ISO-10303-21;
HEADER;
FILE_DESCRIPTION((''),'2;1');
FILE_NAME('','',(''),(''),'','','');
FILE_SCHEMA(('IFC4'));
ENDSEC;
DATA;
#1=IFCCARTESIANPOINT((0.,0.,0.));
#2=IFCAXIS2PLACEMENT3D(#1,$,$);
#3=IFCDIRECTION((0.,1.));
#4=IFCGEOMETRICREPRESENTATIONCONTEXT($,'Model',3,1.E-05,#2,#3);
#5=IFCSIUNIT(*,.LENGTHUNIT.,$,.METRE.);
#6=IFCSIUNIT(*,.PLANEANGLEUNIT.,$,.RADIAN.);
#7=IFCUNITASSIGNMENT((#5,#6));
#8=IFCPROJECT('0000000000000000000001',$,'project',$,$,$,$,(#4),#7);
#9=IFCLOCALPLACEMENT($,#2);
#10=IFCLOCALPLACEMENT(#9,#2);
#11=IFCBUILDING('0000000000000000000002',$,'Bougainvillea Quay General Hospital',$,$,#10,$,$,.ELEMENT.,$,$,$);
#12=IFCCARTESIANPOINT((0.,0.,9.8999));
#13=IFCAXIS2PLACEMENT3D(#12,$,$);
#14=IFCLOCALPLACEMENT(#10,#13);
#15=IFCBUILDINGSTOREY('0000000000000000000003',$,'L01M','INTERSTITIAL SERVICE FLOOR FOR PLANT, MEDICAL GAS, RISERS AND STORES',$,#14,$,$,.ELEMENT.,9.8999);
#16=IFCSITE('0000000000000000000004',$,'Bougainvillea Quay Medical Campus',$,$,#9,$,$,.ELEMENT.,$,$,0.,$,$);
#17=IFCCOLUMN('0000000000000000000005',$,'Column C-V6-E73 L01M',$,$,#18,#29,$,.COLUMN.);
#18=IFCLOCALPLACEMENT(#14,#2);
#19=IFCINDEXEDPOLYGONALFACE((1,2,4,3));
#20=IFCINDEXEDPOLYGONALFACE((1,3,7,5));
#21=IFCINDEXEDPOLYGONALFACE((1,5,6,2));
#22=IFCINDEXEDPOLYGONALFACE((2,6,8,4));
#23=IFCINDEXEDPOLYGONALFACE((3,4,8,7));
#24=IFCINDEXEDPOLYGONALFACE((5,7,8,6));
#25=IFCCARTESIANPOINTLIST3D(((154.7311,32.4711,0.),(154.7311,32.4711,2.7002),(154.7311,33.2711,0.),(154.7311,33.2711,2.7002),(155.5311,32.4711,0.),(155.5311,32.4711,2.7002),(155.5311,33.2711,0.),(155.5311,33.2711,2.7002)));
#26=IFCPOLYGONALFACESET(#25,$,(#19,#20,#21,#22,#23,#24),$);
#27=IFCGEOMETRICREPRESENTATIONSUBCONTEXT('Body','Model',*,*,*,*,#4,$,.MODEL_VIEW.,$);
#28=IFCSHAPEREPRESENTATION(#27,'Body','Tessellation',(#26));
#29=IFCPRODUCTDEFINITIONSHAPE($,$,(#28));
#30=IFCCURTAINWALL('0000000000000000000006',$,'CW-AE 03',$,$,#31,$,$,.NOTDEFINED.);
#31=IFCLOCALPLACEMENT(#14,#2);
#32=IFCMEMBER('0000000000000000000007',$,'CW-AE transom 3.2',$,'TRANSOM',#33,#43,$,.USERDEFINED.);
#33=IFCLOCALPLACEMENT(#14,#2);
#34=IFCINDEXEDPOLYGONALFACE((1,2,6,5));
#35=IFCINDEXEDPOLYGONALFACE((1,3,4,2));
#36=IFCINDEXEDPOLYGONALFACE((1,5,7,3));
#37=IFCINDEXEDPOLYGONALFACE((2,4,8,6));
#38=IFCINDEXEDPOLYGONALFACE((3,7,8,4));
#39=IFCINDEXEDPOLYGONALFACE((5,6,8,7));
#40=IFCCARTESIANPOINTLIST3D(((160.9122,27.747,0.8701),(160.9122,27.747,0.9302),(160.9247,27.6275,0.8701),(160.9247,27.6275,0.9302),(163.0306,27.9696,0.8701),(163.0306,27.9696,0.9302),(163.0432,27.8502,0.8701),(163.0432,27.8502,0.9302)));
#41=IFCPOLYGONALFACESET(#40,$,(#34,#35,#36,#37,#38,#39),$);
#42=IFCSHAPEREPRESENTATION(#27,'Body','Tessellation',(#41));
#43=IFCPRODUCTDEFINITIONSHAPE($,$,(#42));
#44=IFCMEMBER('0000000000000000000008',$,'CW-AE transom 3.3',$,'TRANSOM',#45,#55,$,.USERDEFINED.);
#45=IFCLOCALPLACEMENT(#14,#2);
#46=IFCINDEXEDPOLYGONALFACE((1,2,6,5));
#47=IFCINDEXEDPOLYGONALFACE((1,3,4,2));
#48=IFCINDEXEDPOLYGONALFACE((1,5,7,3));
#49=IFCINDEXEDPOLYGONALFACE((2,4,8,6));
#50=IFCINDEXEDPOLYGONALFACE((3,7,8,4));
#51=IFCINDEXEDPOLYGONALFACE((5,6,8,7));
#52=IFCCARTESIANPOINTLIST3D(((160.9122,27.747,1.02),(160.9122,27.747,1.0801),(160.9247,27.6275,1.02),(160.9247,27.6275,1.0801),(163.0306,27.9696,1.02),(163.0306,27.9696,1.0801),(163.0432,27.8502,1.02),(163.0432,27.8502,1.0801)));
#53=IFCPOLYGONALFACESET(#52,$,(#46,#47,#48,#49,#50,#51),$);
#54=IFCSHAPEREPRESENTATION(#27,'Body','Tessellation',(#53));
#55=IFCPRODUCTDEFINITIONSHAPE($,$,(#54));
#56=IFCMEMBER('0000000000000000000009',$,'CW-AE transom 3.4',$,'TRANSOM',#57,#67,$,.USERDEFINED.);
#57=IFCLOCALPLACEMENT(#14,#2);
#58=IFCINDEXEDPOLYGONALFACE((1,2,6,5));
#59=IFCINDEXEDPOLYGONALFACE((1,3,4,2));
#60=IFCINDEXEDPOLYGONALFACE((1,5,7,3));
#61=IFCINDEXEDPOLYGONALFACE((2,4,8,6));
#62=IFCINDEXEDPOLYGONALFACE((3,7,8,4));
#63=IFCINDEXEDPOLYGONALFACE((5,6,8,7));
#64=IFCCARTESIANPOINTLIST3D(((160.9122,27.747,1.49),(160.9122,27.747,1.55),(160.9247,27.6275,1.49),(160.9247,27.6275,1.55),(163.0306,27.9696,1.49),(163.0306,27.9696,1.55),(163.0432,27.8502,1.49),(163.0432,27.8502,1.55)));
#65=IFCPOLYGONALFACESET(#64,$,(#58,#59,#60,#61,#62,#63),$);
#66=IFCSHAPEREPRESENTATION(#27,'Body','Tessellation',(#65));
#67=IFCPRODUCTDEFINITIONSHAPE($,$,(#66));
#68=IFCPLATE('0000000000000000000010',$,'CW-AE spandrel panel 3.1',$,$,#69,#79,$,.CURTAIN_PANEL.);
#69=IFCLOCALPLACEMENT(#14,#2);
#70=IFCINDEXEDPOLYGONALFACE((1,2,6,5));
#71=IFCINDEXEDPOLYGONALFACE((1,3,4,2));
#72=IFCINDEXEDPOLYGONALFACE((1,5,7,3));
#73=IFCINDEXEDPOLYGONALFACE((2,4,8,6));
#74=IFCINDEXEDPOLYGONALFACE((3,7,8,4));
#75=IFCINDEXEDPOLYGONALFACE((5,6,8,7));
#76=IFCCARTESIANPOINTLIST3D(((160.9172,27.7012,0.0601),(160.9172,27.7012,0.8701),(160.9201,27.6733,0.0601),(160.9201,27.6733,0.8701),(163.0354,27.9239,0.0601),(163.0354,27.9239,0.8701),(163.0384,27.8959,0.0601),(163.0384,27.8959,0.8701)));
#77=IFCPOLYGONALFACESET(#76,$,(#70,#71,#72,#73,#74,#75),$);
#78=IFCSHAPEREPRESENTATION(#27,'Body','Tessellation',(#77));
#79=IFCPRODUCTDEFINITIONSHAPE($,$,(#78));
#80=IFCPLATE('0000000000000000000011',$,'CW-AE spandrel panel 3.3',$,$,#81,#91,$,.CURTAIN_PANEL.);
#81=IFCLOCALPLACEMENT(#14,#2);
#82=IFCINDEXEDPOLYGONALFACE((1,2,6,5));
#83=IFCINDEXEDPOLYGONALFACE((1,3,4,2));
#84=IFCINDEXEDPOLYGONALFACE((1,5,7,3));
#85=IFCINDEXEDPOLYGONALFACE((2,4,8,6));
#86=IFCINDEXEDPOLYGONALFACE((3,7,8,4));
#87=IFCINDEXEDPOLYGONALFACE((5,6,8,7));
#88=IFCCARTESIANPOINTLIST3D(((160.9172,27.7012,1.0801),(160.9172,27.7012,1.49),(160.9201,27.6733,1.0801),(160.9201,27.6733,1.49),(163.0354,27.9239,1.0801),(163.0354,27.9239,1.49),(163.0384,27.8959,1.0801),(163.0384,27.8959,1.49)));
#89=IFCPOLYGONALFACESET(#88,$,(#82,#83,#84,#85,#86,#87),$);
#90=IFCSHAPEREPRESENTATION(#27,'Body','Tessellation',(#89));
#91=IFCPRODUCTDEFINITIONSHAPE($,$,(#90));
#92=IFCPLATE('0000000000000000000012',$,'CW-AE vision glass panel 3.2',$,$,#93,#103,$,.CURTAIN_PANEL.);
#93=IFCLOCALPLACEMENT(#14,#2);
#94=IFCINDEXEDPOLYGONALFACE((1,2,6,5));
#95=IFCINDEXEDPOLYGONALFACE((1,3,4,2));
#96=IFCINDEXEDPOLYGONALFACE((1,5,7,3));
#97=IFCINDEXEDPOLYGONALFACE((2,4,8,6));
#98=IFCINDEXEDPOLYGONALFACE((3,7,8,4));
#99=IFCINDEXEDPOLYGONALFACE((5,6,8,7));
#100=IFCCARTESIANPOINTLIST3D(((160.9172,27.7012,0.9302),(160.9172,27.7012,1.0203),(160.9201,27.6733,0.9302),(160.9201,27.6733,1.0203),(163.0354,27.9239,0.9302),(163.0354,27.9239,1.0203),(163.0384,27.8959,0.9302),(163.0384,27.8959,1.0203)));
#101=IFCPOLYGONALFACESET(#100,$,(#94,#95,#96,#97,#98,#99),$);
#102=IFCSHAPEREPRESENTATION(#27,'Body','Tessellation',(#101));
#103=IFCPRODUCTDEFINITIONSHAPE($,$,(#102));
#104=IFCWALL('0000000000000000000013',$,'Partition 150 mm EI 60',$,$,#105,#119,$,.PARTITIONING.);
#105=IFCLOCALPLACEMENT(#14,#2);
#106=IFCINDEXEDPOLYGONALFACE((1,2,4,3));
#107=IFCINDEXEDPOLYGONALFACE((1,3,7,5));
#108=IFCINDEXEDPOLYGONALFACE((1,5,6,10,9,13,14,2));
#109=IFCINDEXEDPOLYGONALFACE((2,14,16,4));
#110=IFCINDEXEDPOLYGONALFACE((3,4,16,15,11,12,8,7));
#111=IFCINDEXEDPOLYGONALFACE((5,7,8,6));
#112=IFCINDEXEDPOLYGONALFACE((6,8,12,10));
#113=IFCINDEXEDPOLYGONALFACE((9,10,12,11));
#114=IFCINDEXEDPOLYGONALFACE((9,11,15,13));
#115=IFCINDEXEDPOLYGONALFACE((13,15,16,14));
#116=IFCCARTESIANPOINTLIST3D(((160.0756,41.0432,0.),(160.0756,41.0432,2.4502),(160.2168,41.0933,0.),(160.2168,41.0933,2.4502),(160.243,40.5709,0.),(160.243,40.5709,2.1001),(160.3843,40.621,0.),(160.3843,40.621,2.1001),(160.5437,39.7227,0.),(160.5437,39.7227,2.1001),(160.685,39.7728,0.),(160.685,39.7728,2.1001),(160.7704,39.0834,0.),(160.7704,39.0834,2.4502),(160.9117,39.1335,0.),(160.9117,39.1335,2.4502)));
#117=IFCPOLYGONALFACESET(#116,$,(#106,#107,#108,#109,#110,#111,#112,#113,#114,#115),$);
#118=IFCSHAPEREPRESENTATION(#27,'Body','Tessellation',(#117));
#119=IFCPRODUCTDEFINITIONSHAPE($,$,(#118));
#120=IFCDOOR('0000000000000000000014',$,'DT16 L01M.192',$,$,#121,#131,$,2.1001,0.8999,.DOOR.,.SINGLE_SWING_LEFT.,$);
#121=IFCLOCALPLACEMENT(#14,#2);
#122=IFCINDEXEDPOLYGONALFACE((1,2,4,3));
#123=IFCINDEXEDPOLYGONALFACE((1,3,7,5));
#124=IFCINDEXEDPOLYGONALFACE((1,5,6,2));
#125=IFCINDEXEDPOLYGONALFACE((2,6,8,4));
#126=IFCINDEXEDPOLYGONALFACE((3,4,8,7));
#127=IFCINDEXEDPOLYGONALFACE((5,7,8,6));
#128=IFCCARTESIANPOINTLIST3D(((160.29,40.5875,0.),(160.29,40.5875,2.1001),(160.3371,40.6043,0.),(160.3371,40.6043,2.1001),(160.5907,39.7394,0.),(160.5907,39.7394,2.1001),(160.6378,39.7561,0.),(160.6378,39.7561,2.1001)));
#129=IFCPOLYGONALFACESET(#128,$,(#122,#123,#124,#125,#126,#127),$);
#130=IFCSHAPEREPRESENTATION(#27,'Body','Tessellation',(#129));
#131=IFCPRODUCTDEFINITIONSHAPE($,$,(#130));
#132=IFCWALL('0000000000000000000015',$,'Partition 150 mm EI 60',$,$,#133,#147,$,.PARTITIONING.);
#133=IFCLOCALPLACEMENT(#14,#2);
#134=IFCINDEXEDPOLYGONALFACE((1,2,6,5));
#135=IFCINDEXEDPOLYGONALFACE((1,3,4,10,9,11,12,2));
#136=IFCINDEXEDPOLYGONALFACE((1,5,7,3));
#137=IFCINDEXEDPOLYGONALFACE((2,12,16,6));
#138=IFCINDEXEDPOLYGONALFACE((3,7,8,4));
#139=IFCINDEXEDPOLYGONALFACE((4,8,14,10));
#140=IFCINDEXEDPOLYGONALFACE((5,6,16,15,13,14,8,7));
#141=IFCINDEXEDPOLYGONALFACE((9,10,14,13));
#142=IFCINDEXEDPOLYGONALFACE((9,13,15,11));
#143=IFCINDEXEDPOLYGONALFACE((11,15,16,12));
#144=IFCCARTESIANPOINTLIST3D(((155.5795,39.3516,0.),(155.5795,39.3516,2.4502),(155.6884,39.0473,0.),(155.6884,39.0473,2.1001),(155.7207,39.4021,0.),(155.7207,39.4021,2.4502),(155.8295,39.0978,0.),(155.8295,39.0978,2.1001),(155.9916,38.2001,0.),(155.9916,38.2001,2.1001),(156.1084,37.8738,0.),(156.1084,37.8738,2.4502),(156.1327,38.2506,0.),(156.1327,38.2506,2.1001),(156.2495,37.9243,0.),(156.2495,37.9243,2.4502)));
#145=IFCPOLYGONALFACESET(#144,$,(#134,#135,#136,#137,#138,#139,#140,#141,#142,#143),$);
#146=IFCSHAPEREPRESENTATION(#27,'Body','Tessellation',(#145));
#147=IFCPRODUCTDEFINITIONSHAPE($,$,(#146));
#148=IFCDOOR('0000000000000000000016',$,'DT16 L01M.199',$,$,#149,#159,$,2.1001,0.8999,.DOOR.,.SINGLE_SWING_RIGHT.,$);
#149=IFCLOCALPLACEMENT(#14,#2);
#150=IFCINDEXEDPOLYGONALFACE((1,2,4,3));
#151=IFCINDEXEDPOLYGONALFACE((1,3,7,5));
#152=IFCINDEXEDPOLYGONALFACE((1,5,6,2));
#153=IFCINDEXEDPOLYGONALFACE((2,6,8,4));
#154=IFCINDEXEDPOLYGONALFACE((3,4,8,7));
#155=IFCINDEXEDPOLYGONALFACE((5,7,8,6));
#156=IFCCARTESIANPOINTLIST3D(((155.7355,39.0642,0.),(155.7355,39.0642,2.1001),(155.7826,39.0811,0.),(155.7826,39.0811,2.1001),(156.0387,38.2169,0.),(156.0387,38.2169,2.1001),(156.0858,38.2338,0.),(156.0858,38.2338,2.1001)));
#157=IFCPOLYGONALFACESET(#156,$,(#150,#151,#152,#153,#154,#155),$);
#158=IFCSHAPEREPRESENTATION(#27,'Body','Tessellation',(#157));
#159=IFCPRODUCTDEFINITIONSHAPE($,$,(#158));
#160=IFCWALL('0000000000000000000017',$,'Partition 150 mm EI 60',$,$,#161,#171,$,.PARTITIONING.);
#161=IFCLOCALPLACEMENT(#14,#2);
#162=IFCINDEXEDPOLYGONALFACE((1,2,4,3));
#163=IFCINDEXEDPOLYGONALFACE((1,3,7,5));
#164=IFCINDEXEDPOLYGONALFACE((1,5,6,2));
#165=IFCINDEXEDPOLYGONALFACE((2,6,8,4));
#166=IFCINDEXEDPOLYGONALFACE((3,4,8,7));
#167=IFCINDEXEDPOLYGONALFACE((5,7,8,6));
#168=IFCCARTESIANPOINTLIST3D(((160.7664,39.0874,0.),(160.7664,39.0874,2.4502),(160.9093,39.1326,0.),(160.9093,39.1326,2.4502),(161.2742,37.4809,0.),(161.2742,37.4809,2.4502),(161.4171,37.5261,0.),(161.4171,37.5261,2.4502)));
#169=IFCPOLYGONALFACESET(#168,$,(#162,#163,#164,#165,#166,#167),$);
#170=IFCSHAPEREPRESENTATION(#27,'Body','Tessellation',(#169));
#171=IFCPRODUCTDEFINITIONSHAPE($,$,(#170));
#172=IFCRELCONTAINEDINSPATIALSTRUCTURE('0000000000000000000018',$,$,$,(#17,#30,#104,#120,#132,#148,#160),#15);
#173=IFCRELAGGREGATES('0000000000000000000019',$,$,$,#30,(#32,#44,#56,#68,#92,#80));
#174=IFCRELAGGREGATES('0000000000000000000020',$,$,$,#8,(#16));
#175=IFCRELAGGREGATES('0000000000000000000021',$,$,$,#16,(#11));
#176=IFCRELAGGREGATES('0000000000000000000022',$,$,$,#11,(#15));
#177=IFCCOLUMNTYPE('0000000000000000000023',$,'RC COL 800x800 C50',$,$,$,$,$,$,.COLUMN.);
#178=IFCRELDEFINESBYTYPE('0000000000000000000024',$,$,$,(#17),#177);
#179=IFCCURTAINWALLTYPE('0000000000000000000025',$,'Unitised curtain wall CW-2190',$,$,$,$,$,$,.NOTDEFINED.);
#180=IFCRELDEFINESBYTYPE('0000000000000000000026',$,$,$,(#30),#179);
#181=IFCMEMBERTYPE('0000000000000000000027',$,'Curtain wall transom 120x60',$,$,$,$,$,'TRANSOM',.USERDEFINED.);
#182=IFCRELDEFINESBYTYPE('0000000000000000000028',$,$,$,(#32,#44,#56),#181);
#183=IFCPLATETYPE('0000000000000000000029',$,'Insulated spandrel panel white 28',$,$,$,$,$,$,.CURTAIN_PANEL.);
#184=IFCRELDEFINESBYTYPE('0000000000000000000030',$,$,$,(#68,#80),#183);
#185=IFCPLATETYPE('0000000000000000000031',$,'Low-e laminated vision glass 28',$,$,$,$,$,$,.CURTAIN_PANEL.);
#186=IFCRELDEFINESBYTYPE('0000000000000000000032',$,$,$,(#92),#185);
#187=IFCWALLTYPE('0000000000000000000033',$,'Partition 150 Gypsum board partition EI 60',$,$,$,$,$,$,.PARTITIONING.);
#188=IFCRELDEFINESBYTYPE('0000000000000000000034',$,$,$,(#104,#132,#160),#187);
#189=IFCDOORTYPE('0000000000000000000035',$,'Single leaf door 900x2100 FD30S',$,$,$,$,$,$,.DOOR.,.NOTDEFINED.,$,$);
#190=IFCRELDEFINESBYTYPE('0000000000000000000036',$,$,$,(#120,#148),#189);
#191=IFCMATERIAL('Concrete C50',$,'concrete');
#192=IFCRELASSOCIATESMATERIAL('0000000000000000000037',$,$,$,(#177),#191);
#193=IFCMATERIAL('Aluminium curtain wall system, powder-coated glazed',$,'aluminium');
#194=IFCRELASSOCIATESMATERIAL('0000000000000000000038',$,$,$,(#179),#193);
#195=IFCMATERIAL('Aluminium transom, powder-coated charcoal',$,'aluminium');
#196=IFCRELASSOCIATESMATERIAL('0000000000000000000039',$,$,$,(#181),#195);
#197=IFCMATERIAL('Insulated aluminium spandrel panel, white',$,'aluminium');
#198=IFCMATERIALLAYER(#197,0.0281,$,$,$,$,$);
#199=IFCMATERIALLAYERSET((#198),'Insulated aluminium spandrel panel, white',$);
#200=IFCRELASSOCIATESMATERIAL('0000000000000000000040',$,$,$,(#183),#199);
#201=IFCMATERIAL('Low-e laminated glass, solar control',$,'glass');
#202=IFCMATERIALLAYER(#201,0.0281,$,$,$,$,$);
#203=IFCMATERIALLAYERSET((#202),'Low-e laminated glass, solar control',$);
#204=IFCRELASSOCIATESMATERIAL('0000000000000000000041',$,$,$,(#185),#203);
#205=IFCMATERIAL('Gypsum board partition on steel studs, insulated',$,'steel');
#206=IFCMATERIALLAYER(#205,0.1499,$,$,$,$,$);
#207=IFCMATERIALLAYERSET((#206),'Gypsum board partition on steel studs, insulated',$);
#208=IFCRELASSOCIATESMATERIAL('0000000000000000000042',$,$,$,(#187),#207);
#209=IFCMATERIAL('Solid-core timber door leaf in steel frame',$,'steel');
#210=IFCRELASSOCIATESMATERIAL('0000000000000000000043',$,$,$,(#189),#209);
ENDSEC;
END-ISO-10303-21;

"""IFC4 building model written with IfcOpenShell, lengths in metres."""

from ifc_helpers import new_model, si_unit, direction, frame, frame_2d, origin, origin_2d, place, context, subcontext, project, spatial, rectangle, extrude, material, layer, layer_set, material_profile, profile_set, type_object, element, fill, aggregate, save


model = new_model("IFC4")

# Units and contexts
model_context = context("Model", 3, precision=1e-05, world=origin(), true_north=direction((0.0, 1.0)))
body_context = subcontext(model_context, "Body", "Model", "MODEL_VIEW")
ifc_project = project(units=[si_unit("LENGTHUNIT", "METRE"), si_unit("PLANEANGLEUNIT", "RADIAN")], contexts=[model_context])

# Site, building, storey
site_placement = place(None, origin())
site = spatial("IfcSite", under=ifc_project, at=site_placement, Name="Bougainvillea Quay Medical Campus", CompositionType="ELEMENT", RefElevation=0.0)
building_placement = place(site_placement, origin())
building = spatial("IfcBuilding", under=site, at=building_placement, Name="Bougainvillea Quay General Hospital", CompositionType="ELEMENT")
storey_placement = place(building_placement, frame((0.0, 0.0, 9.8999)))
storey = spatial("IfcBuildingStorey", under=building, at=storey_placement, Name="L01M", Description="INTERSTITIAL SERVICE FLOOR FOR PLANT, MEDICAL GAS, RISERS AND STORES", CompositionType="ELEMENT", Elevation=9.8999)

# Column
ifc_material_1 = material(Name="Concrete C50", Category="concrete")
ifc_material_profile_1 = material_profile(ifc_material_1, rectangle(XDim=0.8, YDim=0.8, at=origin_2d()))
ifc_profile_set_1 = profile_set([ifc_material_profile_1], Name="Concrete C50")
column_type = type_object("IfcColumnType", Name="RC COL 800x800 C50", PredefinedType="COLUMN", material=ifc_profile_set_1)
column_placement = place(storey_placement, frame((155.1311, 32.8711, 0.0), z_axis=(0.0, 0.0, 1.0), x_axis=(1.0, 0.0, 0.0)))
element("IfcColumn", 1, at=column_placement, inside=storey, type_object=column_type, Name="Column C-V6-E73 L01M", PredefinedType="COLUMN", context=body_context, shape_type="SweptSolid", body=[
    extrude(rectangle(XDim=0.8, YDim=0.8, at=origin_2d()), origin(), (0.0, 0.0, 1.0), 2.7002),
])

# Curtain wall, members, plates
ifc_material_2 = material(Name="Aluminium curtain wall system, powder-coated glazed", Category="aluminium")
curtain_wall_type = type_object("IfcCurtainWallType", Name="Unitised curtain wall CW-2190", PredefinedType="NOTDEFINED", material=ifc_material_2)
curtain_wall_placement = place(storey_placement, origin())
curtain_wall = element("IfcCurtainWall", 2, at=curtain_wall_placement, inside=storey, type_object=curtain_wall_type, Name="CW-AE 03", PredefinedType="NOTDEFINED")
ifc_material_3 = material(Name="Aluminium transom, powder-coated charcoal", Category="aluminium")
ifc_material_profile_2 = material_profile(ifc_material_3, rectangle(XDim=0.1201, YDim=0.0601, at=origin_2d()))
ifc_profile_set_2 = profile_set([ifc_material_profile_2], Name="Aluminium transom, powder-coated charcoal")
member_type = type_object("IfcMemberType", Name="Curtain wall transom 120x60", ElementType="TRANSOM", PredefinedType="USERDEFINED", material=ifc_profile_set_2)
member_1_placement = place(storey_placement, frame((160.9185, 27.6873, 0.9001), z_axis=(0.994522, 0.10453, 0.0), x_axis=(-0.10453, 0.994522, 0.0)))
member_1 = element("IfcMember", 3, at=member_1_placement, type_object=member_type, Name="CW-AE transom 3.2", ObjectType="TRANSOM", PredefinedType="USERDEFINED", context=body_context, shape_type="SweptSolid", body=[
    extrude(rectangle(XDim=0.1201, YDim=0.0601, at=origin_2d()), origin(), (0.0, 0.0, 1.0), 2.1301),
])
member_2_placement = place(storey_placement, frame((160.9185, 27.6873, 1.05), z_axis=(0.994522, 0.10453, 0.0), x_axis=(-0.10453, 0.994522, 0.0)))
member_2 = element("IfcMember", 4, at=member_2_placement, type_object=member_type, Name="CW-AE transom 3.3", ObjectType="TRANSOM", PredefinedType="USERDEFINED", context=body_context, shape_type="SweptSolid", body=[
    extrude(rectangle(XDim=0.1201, YDim=0.0601, at=origin_2d()), origin(), (0.0, 0.0, 1.0), 2.1301),
])
member_3_placement = place(storey_placement, frame((160.9185, 27.6873, 1.52), z_axis=(0.994522, 0.10453, 0.0), x_axis=(-0.10453, 0.994522, 0.0)))
member_3 = element("IfcMember", 5, at=member_3_placement, type_object=member_type, Name="CW-AE transom 3.4", ObjectType="TRANSOM", PredefinedType="USERDEFINED", context=body_context, shape_type="SweptSolid", body=[
    extrude(rectangle(XDim=0.1201, YDim=0.0601, at=origin_2d()), origin(), (0.0, 0.0, 1.0), 2.1301),
])
ifc_material_4 = material(Name="Insulated aluminium spandrel panel, white", Category="aluminium")
ifc_layer_1 = layer(ifc_material_4, 0.0281)
ifc_layer_set_1 = layer_set([ifc_layer_1], Name="Insulated aluminium spandrel panel, white")
plate_type_1 = type_object("IfcPlateType", Name="Insulated spandrel panel white 28", PredefinedType="CURTAIN_PANEL", material=ifc_layer_set_1)
plate_1_placement = place(storey_placement, frame((161.9778, 27.7986, 0.0601), z_axis=(0.0, 0.0, 1.0), x_axis=(0.994522, 0.104527, 0.0)))
plate_1 = element("IfcPlate", 6, at=plate_1_placement, type_object=plate_type_1, Name="CW-AE spandrel panel 3.1", PredefinedType="CURTAIN_PANEL", context=body_context, shape_type="SweptSolid", body=[
    extrude(rectangle(XDim=2.1299, YDim=0.0281, at=origin_2d()), origin(), (0.0, 0.0, 1.0), 0.8101),
])
plate_2_placement = place(storey_placement, frame((161.9778, 27.7986, 1.0801), z_axis=(0.0, 0.0, 1.0), x_axis=(0.994522, 0.104527, 0.0)))
plate_2 = element("IfcPlate", 7, at=plate_2_placement, type_object=plate_type_1, Name="CW-AE spandrel panel 3.3", PredefinedType="CURTAIN_PANEL", context=body_context, shape_type="SweptSolid", body=[
    extrude(rectangle(XDim=2.1299, YDim=0.0281, at=origin_2d()), origin(), (0.0, 0.0, 1.0), 0.4099),
])
ifc_material_5 = material(Name="Low-e laminated glass, solar control", Category="glass")
ifc_layer_2 = layer(ifc_material_5, 0.0281)
ifc_layer_set_2 = layer_set([ifc_layer_2], Name="Low-e laminated glass, solar control")
plate_type_2 = type_object("IfcPlateType", Name="Low-e laminated vision glass 28", PredefinedType="CURTAIN_PANEL", material=ifc_layer_set_2)
plate_3_placement = place(storey_placement, frame((161.9778, 27.7986, 0.9302), z_axis=(0.0, 0.0, 1.0), x_axis=(0.994522, 0.104527, 0.0)))
plate_3 = element("IfcPlate", 8, at=plate_3_placement, type_object=plate_type_2, Name="CW-AE vision glass panel 3.2", PredefinedType="CURTAIN_PANEL", context=body_context, shape_type="SweptSolid", body=[
    extrude(rectangle(XDim=2.1299, YDim=0.0281, at=origin_2d()), origin(), (0.0, 0.0, 1.0), 0.0901),
])
aggregate(curtain_wall, [member_1, member_2, member_3, plate_1, plate_3, plate_2])

# Walls, openings, doors
ifc_material_6 = material(Name="Gypsum board partition on steel studs, insulated", Category="steel")
ifc_layer_3 = layer(ifc_material_6, 0.1499)
ifc_layer_set_3 = layer_set([ifc_layer_3], Name="Gypsum board partition on steel studs, insulated")
wall_type_1 = type_object("IfcWallType", Name="Partition 150 Gypsum board partition EI 60", PredefinedType="PARTITIONING", material=ifc_layer_set_3)
wall_1_placement = place(storey_placement, frame((160.1462, 41.0681, 0.0), z_axis=(0.0, 0.0, 1.0), x_axis=(0.334171, -0.942512, 0.0)))
wall_1 = element("IfcWall", 9, at=wall_1_placement, inside=storey, type_object=wall_type_1, Name="Partition 150 mm EI 60", PredefinedType="PARTITIONING", context=body_context, shape_type="SweptSolid", body=[
    extrude(rectangle(XDim=2.0793, YDim=0.1499, at=frame_2d((1.0396, 0.0))), origin(), (0.0, 0.0, 1.0), 2.4502),
])
opening_1_placement = place(wall_1_placement, frame((0.501, 0.0, 0.0)))
opening_1 = element("IfcOpeningElement", 10, at=opening_1_placement, cuts=wall_1, PredefinedType="OPENING", context=body_context, shape_type="SweptSolid", body=[
    extrude(rectangle(XDim=0.8999, YDim=2.1001, at=frame_2d((0.45, 1.05))), frame((0.0, 0.085, 0.0), z_axis=(0.0, -1.0, 0.0), x_axis=(1.0, 0.0, 0.0)), (0.0, 0.0, 1.0), 0.1699),
])
ifc_material_7 = material(Name="Solid-core timber door leaf in steel frame", Category="steel")
door_type = type_object("IfcDoorType", Name="Single leaf door 900x2100 FD30S", OperationType="NOTDEFINED", PredefinedType="DOOR", material=ifc_material_7)
door_1_placement = place(opening_1_placement, origin())
door_1 = element("IfcDoor", 11, at=door_1_placement, inside=storey, type_object=door_type, Name="DT16 L01M.192", OperationType="SINGLE_SWING_LEFT", OverallHeight=2.1001, OverallWidth=0.8999, PredefinedType="DOOR", context=body_context, shape_type="SweptSolid", body=[
    extrude(rectangle(XDim=0.8999, YDim=2.1001, at=frame_2d((0.45, 1.05))), frame((0.0, 0.0249, 0.0), z_axis=(0.0, -1.0, 0.0), x_axis=(1.0, 0.0, 0.0)), (0.0, 0.0, 1.0), 0.05),
])
fill(opening_1, door_1)
wall_2_placement = place(storey_placement, frame((155.6501, 39.3767, 0.0), z_axis=(0.0, 0.0, 1.0), x_axis=(0.336918, -0.941534, 0.0)))
wall_2 = element("IfcWall", 12, at=wall_2_placement, inside=storey, type_object=wall_type_1, Name="Partition 150 mm EI 60", PredefinedType="PARTITIONING", context=body_context, shape_type="SweptSolid", body=[
    extrude(rectangle(XDim=1.5696, YDim=0.1499, at=frame_2d((0.7847, 0.0))), origin(), (0.0, 0.0, 1.0), 2.4502),
])
opening_2_placement = place(wall_2_placement, frame((0.323, 0.0, 0.0)))
opening_2 = element("IfcOpeningElement", 13, at=opening_2_placement, cuts=wall_2, PredefinedType="OPENING", context=body_context, shape_type="SweptSolid", body=[
    extrude(rectangle(XDim=0.8999, YDim=2.1001, at=frame_2d((0.45, 1.05))), frame((0.0, 0.085, 0.0), z_axis=(0.0, -1.0, 0.0), x_axis=(1.0, 0.0, 0.0)), (0.0, 0.0, 1.0), 0.1699),
])
door_2_placement = place(opening_2_placement, frame((0.8999, 0.0, 0.0), z_axis=(0.0, 0.0, 1.0), x_axis=(-1.0, 0.0, 0.0)))
door_2 = element("IfcDoor", 14, at=door_2_placement, inside=storey, type_object=door_type, Name="DT16 L01M.199", OperationType="SINGLE_SWING_RIGHT", OverallHeight=2.1001, OverallWidth=0.8999, PredefinedType="DOOR", context=body_context, shape_type="SweptSolid", body=[
    extrude(rectangle(XDim=0.8999, YDim=2.1001, at=frame_2d((0.45, 1.05))), frame((0.0, 0.0249, 0.0), z_axis=(0.0, -1.0, 0.0), x_axis=(1.0, 0.0, 0.0)), (0.0, 0.0, 1.0), 0.05),
])
fill(opening_2, door_2)

# Wall
wall_3_placement = place(storey_placement, frame((160.8379, 39.1099, 0.0), z_axis=(0.0, 0.0, 1.0), x_axis=(0.301409, -0.953495, 0.0)))
element("IfcWall", 15, at=wall_3_placement, inside=storey, type_object=wall_type_1, Name="Partition 150 mm EI 60", PredefinedType="PARTITIONING", context=body_context, shape_type="SweptSolid", body=[
    extrude(rectangle(XDim=1.6848, YDim=0.1499, at=frame_2d((0.8423, 0.0))), origin(), (0.0, 0.0, 1.0), 2.4502),
])

save(model, "model.ifc")
